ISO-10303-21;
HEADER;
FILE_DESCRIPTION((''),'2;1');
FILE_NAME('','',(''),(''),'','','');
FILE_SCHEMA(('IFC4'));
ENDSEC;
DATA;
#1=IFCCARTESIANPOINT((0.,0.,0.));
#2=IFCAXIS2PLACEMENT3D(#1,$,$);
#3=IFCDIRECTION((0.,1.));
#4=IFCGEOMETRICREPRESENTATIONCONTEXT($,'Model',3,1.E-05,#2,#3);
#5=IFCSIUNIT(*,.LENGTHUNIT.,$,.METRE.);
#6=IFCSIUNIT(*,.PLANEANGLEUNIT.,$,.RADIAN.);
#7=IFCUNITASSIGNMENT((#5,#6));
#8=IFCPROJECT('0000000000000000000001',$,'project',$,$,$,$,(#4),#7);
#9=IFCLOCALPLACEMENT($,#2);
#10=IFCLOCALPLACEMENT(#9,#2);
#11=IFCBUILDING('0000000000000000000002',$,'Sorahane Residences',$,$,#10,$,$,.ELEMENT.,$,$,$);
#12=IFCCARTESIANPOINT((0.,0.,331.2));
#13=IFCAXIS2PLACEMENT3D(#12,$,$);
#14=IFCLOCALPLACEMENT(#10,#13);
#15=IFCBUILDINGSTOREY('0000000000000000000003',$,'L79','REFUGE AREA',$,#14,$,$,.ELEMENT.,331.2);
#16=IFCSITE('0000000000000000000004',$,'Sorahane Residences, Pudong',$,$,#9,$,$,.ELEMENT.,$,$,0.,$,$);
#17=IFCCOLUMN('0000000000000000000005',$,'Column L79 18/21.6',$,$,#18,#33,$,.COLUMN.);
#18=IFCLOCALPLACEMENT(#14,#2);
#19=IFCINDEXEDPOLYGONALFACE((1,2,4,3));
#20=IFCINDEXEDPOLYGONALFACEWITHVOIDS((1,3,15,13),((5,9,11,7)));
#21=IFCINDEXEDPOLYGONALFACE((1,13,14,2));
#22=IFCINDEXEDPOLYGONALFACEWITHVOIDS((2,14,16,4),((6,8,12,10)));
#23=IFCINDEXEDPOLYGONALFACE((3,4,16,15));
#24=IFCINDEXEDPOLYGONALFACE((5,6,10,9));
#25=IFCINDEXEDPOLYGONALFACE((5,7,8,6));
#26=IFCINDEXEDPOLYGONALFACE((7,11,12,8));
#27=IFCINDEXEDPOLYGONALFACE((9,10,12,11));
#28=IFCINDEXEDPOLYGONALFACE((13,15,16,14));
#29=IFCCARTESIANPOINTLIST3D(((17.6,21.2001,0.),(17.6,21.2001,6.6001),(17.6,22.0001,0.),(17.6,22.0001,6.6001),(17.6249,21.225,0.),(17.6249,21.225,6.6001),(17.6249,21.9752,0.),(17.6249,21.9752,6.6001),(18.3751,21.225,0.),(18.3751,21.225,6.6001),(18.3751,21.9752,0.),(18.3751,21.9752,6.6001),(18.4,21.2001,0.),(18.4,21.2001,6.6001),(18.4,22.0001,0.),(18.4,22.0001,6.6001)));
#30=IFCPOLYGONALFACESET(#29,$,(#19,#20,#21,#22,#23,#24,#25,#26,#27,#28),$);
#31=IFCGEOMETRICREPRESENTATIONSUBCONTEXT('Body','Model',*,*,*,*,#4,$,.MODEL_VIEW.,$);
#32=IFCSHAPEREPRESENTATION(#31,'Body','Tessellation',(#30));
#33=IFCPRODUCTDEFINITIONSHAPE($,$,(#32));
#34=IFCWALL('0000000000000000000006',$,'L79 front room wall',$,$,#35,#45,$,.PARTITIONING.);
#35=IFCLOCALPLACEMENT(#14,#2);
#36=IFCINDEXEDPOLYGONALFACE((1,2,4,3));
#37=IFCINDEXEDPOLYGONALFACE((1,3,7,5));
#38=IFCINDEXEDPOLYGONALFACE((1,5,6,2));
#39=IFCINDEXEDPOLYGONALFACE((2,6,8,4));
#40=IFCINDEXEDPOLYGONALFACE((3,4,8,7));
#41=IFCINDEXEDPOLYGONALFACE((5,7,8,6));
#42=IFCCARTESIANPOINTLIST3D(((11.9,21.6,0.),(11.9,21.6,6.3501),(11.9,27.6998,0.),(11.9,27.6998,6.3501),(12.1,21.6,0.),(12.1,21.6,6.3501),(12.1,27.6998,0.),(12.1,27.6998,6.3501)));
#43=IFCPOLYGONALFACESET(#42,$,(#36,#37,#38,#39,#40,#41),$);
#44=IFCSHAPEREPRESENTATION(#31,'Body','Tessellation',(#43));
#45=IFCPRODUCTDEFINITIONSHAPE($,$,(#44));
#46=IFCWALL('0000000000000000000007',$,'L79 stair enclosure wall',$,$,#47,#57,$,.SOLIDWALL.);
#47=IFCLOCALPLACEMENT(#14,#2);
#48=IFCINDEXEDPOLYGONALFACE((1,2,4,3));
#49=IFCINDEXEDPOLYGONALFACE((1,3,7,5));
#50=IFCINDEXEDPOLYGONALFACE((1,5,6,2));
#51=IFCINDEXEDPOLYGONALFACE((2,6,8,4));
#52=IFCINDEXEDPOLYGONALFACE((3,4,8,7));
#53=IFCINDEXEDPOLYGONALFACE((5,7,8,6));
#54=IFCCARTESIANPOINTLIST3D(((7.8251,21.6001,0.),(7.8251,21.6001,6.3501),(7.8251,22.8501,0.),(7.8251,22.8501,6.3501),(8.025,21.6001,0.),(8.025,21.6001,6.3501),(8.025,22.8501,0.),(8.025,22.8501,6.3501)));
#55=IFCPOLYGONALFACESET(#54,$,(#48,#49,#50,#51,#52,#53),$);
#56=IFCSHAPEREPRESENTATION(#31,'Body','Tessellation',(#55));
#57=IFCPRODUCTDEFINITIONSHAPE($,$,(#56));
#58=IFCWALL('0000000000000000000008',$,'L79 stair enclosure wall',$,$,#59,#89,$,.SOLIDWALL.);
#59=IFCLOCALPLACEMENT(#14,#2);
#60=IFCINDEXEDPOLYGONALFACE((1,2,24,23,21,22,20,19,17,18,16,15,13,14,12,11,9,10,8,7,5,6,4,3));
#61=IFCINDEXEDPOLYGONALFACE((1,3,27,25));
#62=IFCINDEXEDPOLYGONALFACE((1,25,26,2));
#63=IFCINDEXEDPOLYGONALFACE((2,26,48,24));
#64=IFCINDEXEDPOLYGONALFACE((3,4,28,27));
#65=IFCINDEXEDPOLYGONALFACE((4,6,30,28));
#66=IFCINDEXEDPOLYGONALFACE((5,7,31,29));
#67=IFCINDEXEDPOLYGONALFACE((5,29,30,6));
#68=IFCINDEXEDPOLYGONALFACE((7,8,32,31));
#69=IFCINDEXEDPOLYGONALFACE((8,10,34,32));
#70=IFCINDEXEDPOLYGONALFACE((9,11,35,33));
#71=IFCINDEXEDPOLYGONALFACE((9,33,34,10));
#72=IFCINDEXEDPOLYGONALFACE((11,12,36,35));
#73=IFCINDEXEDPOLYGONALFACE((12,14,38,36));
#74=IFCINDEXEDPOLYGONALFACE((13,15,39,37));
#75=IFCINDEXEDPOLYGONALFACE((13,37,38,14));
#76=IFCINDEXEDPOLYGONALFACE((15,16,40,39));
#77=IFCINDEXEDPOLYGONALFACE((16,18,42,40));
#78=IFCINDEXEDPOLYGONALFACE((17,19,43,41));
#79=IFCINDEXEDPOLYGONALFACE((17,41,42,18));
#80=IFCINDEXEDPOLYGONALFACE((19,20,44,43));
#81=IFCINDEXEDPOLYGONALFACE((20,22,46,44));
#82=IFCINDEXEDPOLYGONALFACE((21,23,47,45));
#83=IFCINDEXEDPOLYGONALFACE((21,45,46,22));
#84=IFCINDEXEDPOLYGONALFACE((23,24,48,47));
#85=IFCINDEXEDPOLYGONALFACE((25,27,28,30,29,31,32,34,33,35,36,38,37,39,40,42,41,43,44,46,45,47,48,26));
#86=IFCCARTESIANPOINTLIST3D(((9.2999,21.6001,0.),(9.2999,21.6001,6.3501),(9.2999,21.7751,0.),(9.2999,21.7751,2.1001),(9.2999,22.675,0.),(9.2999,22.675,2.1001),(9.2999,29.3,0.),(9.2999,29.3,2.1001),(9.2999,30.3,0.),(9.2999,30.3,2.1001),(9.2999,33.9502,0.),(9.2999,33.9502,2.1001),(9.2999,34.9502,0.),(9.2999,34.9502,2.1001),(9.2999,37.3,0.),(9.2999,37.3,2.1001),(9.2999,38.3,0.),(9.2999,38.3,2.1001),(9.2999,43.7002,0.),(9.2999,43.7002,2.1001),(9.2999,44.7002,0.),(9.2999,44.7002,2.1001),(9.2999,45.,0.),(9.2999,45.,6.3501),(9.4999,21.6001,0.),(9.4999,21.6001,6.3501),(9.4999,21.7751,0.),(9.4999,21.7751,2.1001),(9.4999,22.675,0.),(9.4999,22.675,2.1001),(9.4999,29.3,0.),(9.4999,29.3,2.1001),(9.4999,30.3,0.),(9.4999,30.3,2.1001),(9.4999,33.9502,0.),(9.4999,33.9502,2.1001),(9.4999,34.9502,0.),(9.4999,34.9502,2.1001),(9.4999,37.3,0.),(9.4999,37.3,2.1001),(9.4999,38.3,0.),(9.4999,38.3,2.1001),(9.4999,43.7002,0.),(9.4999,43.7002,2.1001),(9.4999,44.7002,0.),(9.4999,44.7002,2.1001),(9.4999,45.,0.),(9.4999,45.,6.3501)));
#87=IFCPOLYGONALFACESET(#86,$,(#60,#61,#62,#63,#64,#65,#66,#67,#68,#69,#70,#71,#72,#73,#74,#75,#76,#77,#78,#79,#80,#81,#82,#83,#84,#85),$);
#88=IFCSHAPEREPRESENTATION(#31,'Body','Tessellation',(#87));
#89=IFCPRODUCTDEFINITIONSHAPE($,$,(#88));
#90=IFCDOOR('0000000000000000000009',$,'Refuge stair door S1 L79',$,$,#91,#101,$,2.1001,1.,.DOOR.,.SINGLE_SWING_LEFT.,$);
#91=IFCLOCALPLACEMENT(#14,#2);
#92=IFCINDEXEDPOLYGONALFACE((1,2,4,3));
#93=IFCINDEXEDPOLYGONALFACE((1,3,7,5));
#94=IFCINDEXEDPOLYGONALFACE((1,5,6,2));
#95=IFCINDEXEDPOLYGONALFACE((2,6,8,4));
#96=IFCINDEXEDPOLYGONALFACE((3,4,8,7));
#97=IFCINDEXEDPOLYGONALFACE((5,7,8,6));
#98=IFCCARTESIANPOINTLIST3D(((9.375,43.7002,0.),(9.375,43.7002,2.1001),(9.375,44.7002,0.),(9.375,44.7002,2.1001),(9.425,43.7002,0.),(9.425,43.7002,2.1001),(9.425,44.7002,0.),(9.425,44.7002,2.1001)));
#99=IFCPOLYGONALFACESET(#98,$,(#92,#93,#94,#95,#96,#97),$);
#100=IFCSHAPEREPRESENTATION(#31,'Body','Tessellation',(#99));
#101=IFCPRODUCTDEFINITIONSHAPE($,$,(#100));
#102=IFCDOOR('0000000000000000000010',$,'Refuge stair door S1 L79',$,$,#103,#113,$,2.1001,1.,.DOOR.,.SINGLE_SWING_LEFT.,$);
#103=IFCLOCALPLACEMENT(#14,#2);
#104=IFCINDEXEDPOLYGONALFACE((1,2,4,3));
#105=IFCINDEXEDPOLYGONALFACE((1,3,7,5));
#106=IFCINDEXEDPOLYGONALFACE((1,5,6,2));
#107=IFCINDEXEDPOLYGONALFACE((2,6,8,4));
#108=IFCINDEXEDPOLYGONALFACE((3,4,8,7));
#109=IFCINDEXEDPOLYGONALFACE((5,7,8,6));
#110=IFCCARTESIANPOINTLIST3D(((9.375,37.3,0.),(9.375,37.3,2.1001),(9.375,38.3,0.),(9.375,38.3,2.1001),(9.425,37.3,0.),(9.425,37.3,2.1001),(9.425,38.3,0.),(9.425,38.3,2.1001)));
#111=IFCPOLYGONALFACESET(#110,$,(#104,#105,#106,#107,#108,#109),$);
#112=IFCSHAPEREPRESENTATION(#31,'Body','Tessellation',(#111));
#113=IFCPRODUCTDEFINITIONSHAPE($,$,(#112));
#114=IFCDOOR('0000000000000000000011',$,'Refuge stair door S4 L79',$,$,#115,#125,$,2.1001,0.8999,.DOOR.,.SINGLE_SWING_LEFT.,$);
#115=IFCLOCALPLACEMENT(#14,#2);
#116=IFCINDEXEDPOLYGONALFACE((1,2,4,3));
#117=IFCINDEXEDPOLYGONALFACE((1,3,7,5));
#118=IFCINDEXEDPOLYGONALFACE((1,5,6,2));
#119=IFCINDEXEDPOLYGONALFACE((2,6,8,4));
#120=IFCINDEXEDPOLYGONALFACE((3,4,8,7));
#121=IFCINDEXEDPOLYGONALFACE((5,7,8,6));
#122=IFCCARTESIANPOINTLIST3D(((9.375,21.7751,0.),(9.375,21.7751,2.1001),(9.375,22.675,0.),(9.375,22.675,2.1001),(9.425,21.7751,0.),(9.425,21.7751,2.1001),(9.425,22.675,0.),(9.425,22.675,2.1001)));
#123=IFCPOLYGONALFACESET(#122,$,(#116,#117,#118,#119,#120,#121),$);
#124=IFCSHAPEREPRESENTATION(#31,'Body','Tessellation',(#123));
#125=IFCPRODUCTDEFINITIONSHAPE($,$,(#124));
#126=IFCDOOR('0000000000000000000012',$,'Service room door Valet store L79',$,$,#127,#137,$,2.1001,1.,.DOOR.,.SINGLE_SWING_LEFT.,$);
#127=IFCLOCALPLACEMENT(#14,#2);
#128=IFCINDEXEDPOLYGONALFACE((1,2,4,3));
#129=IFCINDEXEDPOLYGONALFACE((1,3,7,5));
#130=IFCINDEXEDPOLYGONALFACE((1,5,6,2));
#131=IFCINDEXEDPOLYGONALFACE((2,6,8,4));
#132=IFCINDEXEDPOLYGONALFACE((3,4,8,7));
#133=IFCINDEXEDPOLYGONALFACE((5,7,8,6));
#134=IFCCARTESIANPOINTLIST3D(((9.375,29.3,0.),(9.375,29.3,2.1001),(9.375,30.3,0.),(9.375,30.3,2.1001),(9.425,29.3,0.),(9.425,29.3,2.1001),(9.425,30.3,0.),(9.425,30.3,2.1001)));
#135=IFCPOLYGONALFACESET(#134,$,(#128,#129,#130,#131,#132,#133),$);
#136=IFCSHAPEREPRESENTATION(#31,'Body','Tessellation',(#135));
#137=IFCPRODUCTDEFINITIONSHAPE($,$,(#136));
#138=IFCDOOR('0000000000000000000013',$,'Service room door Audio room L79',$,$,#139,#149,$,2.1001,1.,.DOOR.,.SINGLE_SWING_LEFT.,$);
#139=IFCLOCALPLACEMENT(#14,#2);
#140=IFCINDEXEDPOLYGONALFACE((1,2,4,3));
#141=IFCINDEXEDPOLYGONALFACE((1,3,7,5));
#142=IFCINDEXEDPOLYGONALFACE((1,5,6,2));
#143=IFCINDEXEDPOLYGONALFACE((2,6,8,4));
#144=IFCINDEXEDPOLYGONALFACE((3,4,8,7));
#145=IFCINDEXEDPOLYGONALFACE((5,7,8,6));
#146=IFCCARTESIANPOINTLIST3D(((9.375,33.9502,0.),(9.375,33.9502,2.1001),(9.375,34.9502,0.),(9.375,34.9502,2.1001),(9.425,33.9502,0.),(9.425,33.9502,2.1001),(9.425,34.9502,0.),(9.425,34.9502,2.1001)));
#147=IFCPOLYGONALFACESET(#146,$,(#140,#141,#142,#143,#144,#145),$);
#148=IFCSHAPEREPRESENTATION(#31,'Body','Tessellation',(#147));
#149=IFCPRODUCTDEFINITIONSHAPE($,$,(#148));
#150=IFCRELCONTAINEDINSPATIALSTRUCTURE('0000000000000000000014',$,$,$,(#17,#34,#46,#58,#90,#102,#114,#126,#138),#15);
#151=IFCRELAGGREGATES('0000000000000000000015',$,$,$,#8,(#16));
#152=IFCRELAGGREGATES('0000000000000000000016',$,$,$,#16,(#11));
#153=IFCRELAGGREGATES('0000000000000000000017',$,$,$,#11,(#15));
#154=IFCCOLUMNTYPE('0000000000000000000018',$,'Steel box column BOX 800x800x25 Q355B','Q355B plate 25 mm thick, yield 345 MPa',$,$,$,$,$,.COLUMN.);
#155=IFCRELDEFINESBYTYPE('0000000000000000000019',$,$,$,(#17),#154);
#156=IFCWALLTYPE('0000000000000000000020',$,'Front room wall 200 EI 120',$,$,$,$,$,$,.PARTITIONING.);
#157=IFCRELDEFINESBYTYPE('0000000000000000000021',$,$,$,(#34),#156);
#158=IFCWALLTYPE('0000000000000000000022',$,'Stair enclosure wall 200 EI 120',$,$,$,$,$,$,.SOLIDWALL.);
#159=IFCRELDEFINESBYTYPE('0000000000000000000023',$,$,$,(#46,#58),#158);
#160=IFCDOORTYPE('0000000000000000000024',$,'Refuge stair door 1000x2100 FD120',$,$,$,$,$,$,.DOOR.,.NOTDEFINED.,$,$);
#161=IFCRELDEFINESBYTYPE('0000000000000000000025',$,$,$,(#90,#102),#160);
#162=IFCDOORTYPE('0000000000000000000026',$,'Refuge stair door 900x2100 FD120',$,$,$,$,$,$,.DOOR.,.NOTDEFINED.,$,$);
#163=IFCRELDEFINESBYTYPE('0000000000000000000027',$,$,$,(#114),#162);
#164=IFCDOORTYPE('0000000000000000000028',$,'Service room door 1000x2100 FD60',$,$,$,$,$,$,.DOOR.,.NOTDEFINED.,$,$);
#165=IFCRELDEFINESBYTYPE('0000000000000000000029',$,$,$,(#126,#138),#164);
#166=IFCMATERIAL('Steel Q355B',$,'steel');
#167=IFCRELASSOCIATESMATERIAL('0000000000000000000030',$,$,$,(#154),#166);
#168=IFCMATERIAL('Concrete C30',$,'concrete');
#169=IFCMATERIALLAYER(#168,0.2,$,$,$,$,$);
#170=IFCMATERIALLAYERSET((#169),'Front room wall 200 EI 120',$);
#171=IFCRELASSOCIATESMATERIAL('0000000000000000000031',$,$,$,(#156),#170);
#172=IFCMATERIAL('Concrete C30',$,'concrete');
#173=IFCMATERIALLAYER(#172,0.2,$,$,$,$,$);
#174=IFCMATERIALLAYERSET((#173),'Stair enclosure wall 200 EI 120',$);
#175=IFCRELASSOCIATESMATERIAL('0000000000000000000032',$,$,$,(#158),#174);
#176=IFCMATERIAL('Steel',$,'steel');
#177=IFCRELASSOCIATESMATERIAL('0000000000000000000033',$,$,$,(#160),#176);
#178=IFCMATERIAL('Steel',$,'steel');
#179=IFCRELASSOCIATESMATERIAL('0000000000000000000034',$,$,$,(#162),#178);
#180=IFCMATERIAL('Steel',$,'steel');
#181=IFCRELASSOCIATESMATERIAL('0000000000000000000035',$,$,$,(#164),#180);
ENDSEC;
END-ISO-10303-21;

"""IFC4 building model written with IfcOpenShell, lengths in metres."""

from ifc_helpers import new_model, si_unit, direction, frame, frame_2d, origin, origin_2d, place, context, subcontext, project, spatial, rectangle, hollow_rectangle, extrude, material, layer, layer_set, material_profile, profile_set, type_object, element, fill, save


model = new_model("IFC4")

# Units and contexts
model_context = context("Model", 3, precision=1e-05, world=origin(), true_north=direction((0.0, 1.0)))
body_context = subcontext(model_context, "Body", "Model", "MODEL_VIEW")
ifc_project = project(units=[si_unit("LENGTHUNIT", "METRE"), si_unit("PLANEANGLEUNIT", "RADIAN")], contexts=[model_context])

# Site, building, storey
site_placement = place(None, origin())
site = spatial("IfcSite", under=ifc_project, at=site_placement, Name="Sorahane Residences, Pudong", CompositionType="ELEMENT", RefElevation=0.0)
building_placement = place(site_placement, origin())
building = spatial("IfcBuilding", under=site, at=building_placement, Name="Sorahane Residences", CompositionType="ELEMENT")
storey_placement = place(building_placement, frame((0.0, 0.0, 331.2)))
storey = spatial("IfcBuildingStorey", under=building, at=storey_placement, Name="L79", Description="REFUGE AREA", CompositionType="ELEMENT", Elevation=331.2)

# Column
ifc_material_1 = material(Name="Steel Q355B", Category="steel")
ifc_material_profile = material_profile(ifc_material_1, hollow_rectangle(XDim=0.8, YDim=0.8, WallThickness=0.0249, at=origin_2d()), Name="BOX 800x800x25")
ifc_profile_set = profile_set([ifc_material_profile], Name="Steel Q355B")
column_type = type_object("IfcColumnType", Name="Steel box column BOX 800x800x25 Q355B", Description="Q355B plate 25 mm thick, yield 345 MPa", PredefinedType="COLUMN", material=ifc_profile_set)
column_placement = place(storey_placement, frame((18.0, 21.6001, 0.0), z_axis=(0.0, 0.0, 1.0), x_axis=(1.0, 0.0, 0.0)))
element("IfcColumn", 1, at=column_placement, inside=storey, type_object=column_type, Name="Column L79 18/21.6", PredefinedType="COLUMN", context=body_context, shape_type="SweptSolid", body=[
    extrude(hollow_rectangle(XDim=0.8, YDim=0.8, WallThickness=0.0249, at=origin_2d()), origin(), (0.0, 0.0, 1.0), 6.6001),
])

# Walls
ifc_material_2 = material(Name="Concrete C30", Category="concrete")
ifc_layer_1 = layer(ifc_material_2, 0.2)
ifc_layer_set_1 = layer_set([ifc_layer_1], Name="Front room wall 200 EI 120")
wall_type_1 = type_object("IfcWallType", Name="Front room wall 200 EI 120", PredefinedType="PARTITIONING", material=ifc_layer_set_1)
wall_1_placement = place(storey_placement, frame((12.0, 21.6001, 0.0), z_axis=(0.0, 0.0, 1.0), x_axis=(0.0, 1.0, 0.0)))
element("IfcWall", 2, at=wall_1_placement, inside=storey, type_object=wall_type_1, Name="L79 front room wall", PredefinedType="PARTITIONING", context=body_context, shape_type="SweptSolid", body=[
    extrude(rectangle(XDim=6.0999, YDim=0.2, at=frame_2d((3.0498, 0.0))), origin(), (0.0, 0.0, 1.0), 6.3501),
])
ifc_material_3 = material(Name="Concrete C30", Category="concrete")
ifc_layer_2 = layer(ifc_material_3, 0.2)
ifc_layer_set_2 = layer_set([ifc_layer_2], Name="Stair enclosure wall 200 EI 120")
wall_type_2 = type_object("IfcWallType", Name="Stair enclosure wall 200 EI 120", PredefinedType="SOLIDWALL", material=ifc_layer_set_2)
wall_2_placement = place(storey_placement, frame((7.925, 21.6001, 0.0), z_axis=(0.0, 0.0, 1.0), x_axis=(0.0, 1.0, 0.0)))
element("IfcWall", 3, at=wall_2_placement, inside=storey, type_object=wall_type_2, Name="L79 stair enclosure wall", PredefinedType="SOLIDWALL", context=body_context, shape_type="SweptSolid", body=[
    extrude(rectangle(XDim=1.25, YDim=0.2, at=frame_2d((0.625, 0.0))), origin(), (0.0, 0.0, 1.0), 6.3501),
])

# Wall, openings, doors
wall_3_placement = place(storey_placement, frame((9.3999, 21.6001, 0.0), z_axis=(0.0, 0.0, 1.0), x_axis=(0.0, 1.0, 0.0)))
wall_3 = element("IfcWall", 4, at=wall_3_placement, inside=storey, type_object=wall_type_2, Name="L79 stair enclosure wall", PredefinedType="SOLIDWALL", context=body_context, shape_type="SweptSolid", body=[
    extrude(rectangle(XDim=23.3999, YDim=0.2, at=frame_2d((11.7, 0.0))), origin(), (0.0, 0.0, 1.0), 6.3501),
])
opening_1_placement = place(wall_3_placement, frame((7.7, 0.0, 0.0)))
opening_1 = element("IfcOpeningElement", 5, at=opening_1_placement, cuts=wall_3, PredefinedType="OPENING", context=body_context, shape_type="SweptSolid", body=[
    extrude(rectangle(XDim=1.0, YDim=2.1001, at=frame_2d((0.5, 1.05))), frame((0.0, 0.1099, 0.0), z_axis=(0.0, -1.0, 0.0), x_axis=(1.0, 0.0, 0.0)), (0.0, 0.0, 1.0), 0.22),
])
opening_2_placement = place(wall_3_placement, frame((12.3501, 0.0, 0.0)))
opening_2 = element("IfcOpeningElement", 6, at=opening_2_placement, cuts=wall_3, PredefinedType="OPENING", context=body_context, shape_type="SweptSolid", body=[
    extrude(rectangle(XDim=1.0, YDim=2.1001, at=frame_2d((0.5, 1.05))), frame((0.0, 0.1099, 0.0), z_axis=(0.0, -1.0, 0.0), x_axis=(1.0, 0.0, 0.0)), (0.0, 0.0, 1.0), 0.22),
])
opening_3_placement = place(wall_3_placement, frame((22.1001, 0.0, 0.0)))
opening_3 = element("IfcOpeningElement", 7, at=opening_3_placement, cuts=wall_3, PredefinedType="OPENING", context=body_context, shape_type="SweptSolid", body=[
    extrude(rectangle(XDim=1.0, YDim=2.1001, at=frame_2d((0.5, 1.05))), frame((0.0, 0.1099, 0.0), z_axis=(0.0, -1.0, 0.0), x_axis=(1.0, 0.0, 0.0)), (0.0, 0.0, 1.0), 0.22),
])
opening_4_placement = place(wall_3_placement, frame((15.7, 0.0, 0.0)))
opening_4 = element("IfcOpeningElement", 8, at=opening_4_placement, cuts=wall_3, PredefinedType="OPENING", context=body_context, shape_type="SweptSolid", body=[
    extrude(rectangle(XDim=1.0, YDim=2.1001, at=frame_2d((0.5, 1.05))), frame((0.0, 0.1099, 0.0), z_axis=(0.0, -1.0, 0.0), x_axis=(1.0, 0.0, 0.0)), (0.0, 0.0, 1.0), 0.22),
])
opening_5_placement = place(wall_3_placement, frame((0.175, 0.0, 0.0)))
opening_5 = element("IfcOpeningElement", 9, at=opening_5_placement, cuts=wall_3, PredefinedType="OPENING", context=body_context, shape_type="SweptSolid", body=[
    extrude(rectangle(XDim=0.8999, YDim=2.1001, at=frame_2d((0.45, 1.05))), frame((0.0, 0.1099, 0.0), z_axis=(0.0, -1.0, 0.0), x_axis=(1.0, 0.0, 0.0)), (0.0, 0.0, 1.0), 0.22),
])
ifc_material_4 = material(Name="Steel", Category="steel")
door_type_1 = type_object("IfcDoorType", Name="Refuge stair door 1000x2100 FD120", OperationType="NOTDEFINED", PredefinedType="DOOR", material=ifc_material_4)
door_1_placement = place(opening_3_placement, origin())
door_1 = element("IfcDoor", 10, at=door_1_placement, inside=storey, type_object=door_type_1, Name="Refuge stair door S1 L79", OperationType="SINGLE_SWING_LEFT", OverallHeight=2.1001, OverallWidth=1.0, PredefinedType="DOOR", context=body_context, shape_type="SweptSolid", body=[
    extrude(rectangle(XDim=1.0, YDim=2.1001, at=frame_2d((0.5, 1.05))), frame((0.0, 0.0249, 0.0), z_axis=(0.0, -1.0, 0.0), x_axis=(1.0, 0.0, 0.0)), (0.0, 0.0, 1.0), 0.05),
])
fill(opening_3, door_1)
door_2_placement = place(opening_4_placement, origin())
door_2 = element("IfcDoor", 11, at=door_2_placement, inside=storey, type_object=door_type_1, Name="Refuge stair door S1 L79", OperationType="SINGLE_SWING_LEFT", OverallHeight=2.1001, OverallWidth=1.0, PredefinedType="DOOR", context=body_context, shape_type="SweptSolid", body=[
    extrude(rectangle(XDim=1.0, YDim=2.1001, at=frame_2d((0.5, 1.05))), frame((0.0, 0.0249, 0.0), z_axis=(0.0, -1.0, 0.0), x_axis=(1.0, 0.0, 0.0)), (0.0, 0.0, 1.0), 0.05),
])
fill(opening_4, door_2)
ifc_material_5 = material(Name="Steel", Category="steel")
door_type_2 = type_object("IfcDoorType", Name="Refuge stair door 900x2100 FD120", OperationType="NOTDEFINED", PredefinedType="DOOR", material=ifc_material_5)
door_3_placement = place(opening_5_placement, origin())
door_3 = element("IfcDoor", 12, at=door_3_placement, inside=storey, type_object=door_type_2, Name="Refuge stair door S4 L79", OperationType="SINGLE_SWING_LEFT", OverallHeight=2.1001, OverallWidth=0.8999, PredefinedType="DOOR", context=body_context, shape_type="SweptSolid", body=[
    extrude(rectangle(XDim=0.8999, YDim=2.1001, at=frame_2d((0.45, 1.05))), frame((0.0, 0.0249, 0.0), z_axis=(0.0, -1.0, 0.0), x_axis=(1.0, 0.0, 0.0)), (0.0, 0.0, 1.0), 0.05),
])
fill(opening_5, door_3)
ifc_material_6 = material(Name="Steel", Category="steel")
door_type_3 = type_object("IfcDoorType", Name="Service room door 1000x2100 FD60", OperationType="NOTDEFINED", PredefinedType="DOOR", material=ifc_material_6)
door_4_placement = place(opening_1_placement, origin())
door_4 = element("IfcDoor", 13, at=door_4_placement, inside=storey, type_object=door_type_3, Name="Service room door Valet store L79", OperationType="SINGLE_SWING_LEFT", OverallHeight=2.1001, OverallWidth=1.0, PredefinedType="DOOR", context=body_context, shape_type="SweptSolid", body=[
    extrude(rectangle(XDim=1.0, YDim=2.1001, at=frame_2d((0.5, 1.05))), frame((0.0, 0.0249, 0.0), z_axis=(0.0, -1.0, 0.0), x_axis=(1.0, 0.0, 0.0)), (0.0, 0.0, 1.0), 0.05),
])
fill(opening_1, door_4)
door_5_placement = place(opening_2_placement, origin())
door_5 = element("IfcDoor", 14, at=door_5_placement, inside=storey, type_object=door_type_3, Name="Service room door Audio room L79", OperationType="SINGLE_SWING_LEFT", OverallHeight=2.1001, OverallWidth=1.0, PredefinedType="DOOR", context=body_context, shape_type="SweptSolid", body=[
    extrude(rectangle(XDim=1.0, YDim=2.1001, at=frame_2d((0.5, 1.05))), frame((0.0, 0.0249, 0.0), z_axis=(0.0, -1.0, 0.0), x_axis=(1.0, 0.0, 0.0)), (0.0, 0.0, 1.0), 0.05),
])
fill(opening_2, door_5)

save(model, "model.ifc")
